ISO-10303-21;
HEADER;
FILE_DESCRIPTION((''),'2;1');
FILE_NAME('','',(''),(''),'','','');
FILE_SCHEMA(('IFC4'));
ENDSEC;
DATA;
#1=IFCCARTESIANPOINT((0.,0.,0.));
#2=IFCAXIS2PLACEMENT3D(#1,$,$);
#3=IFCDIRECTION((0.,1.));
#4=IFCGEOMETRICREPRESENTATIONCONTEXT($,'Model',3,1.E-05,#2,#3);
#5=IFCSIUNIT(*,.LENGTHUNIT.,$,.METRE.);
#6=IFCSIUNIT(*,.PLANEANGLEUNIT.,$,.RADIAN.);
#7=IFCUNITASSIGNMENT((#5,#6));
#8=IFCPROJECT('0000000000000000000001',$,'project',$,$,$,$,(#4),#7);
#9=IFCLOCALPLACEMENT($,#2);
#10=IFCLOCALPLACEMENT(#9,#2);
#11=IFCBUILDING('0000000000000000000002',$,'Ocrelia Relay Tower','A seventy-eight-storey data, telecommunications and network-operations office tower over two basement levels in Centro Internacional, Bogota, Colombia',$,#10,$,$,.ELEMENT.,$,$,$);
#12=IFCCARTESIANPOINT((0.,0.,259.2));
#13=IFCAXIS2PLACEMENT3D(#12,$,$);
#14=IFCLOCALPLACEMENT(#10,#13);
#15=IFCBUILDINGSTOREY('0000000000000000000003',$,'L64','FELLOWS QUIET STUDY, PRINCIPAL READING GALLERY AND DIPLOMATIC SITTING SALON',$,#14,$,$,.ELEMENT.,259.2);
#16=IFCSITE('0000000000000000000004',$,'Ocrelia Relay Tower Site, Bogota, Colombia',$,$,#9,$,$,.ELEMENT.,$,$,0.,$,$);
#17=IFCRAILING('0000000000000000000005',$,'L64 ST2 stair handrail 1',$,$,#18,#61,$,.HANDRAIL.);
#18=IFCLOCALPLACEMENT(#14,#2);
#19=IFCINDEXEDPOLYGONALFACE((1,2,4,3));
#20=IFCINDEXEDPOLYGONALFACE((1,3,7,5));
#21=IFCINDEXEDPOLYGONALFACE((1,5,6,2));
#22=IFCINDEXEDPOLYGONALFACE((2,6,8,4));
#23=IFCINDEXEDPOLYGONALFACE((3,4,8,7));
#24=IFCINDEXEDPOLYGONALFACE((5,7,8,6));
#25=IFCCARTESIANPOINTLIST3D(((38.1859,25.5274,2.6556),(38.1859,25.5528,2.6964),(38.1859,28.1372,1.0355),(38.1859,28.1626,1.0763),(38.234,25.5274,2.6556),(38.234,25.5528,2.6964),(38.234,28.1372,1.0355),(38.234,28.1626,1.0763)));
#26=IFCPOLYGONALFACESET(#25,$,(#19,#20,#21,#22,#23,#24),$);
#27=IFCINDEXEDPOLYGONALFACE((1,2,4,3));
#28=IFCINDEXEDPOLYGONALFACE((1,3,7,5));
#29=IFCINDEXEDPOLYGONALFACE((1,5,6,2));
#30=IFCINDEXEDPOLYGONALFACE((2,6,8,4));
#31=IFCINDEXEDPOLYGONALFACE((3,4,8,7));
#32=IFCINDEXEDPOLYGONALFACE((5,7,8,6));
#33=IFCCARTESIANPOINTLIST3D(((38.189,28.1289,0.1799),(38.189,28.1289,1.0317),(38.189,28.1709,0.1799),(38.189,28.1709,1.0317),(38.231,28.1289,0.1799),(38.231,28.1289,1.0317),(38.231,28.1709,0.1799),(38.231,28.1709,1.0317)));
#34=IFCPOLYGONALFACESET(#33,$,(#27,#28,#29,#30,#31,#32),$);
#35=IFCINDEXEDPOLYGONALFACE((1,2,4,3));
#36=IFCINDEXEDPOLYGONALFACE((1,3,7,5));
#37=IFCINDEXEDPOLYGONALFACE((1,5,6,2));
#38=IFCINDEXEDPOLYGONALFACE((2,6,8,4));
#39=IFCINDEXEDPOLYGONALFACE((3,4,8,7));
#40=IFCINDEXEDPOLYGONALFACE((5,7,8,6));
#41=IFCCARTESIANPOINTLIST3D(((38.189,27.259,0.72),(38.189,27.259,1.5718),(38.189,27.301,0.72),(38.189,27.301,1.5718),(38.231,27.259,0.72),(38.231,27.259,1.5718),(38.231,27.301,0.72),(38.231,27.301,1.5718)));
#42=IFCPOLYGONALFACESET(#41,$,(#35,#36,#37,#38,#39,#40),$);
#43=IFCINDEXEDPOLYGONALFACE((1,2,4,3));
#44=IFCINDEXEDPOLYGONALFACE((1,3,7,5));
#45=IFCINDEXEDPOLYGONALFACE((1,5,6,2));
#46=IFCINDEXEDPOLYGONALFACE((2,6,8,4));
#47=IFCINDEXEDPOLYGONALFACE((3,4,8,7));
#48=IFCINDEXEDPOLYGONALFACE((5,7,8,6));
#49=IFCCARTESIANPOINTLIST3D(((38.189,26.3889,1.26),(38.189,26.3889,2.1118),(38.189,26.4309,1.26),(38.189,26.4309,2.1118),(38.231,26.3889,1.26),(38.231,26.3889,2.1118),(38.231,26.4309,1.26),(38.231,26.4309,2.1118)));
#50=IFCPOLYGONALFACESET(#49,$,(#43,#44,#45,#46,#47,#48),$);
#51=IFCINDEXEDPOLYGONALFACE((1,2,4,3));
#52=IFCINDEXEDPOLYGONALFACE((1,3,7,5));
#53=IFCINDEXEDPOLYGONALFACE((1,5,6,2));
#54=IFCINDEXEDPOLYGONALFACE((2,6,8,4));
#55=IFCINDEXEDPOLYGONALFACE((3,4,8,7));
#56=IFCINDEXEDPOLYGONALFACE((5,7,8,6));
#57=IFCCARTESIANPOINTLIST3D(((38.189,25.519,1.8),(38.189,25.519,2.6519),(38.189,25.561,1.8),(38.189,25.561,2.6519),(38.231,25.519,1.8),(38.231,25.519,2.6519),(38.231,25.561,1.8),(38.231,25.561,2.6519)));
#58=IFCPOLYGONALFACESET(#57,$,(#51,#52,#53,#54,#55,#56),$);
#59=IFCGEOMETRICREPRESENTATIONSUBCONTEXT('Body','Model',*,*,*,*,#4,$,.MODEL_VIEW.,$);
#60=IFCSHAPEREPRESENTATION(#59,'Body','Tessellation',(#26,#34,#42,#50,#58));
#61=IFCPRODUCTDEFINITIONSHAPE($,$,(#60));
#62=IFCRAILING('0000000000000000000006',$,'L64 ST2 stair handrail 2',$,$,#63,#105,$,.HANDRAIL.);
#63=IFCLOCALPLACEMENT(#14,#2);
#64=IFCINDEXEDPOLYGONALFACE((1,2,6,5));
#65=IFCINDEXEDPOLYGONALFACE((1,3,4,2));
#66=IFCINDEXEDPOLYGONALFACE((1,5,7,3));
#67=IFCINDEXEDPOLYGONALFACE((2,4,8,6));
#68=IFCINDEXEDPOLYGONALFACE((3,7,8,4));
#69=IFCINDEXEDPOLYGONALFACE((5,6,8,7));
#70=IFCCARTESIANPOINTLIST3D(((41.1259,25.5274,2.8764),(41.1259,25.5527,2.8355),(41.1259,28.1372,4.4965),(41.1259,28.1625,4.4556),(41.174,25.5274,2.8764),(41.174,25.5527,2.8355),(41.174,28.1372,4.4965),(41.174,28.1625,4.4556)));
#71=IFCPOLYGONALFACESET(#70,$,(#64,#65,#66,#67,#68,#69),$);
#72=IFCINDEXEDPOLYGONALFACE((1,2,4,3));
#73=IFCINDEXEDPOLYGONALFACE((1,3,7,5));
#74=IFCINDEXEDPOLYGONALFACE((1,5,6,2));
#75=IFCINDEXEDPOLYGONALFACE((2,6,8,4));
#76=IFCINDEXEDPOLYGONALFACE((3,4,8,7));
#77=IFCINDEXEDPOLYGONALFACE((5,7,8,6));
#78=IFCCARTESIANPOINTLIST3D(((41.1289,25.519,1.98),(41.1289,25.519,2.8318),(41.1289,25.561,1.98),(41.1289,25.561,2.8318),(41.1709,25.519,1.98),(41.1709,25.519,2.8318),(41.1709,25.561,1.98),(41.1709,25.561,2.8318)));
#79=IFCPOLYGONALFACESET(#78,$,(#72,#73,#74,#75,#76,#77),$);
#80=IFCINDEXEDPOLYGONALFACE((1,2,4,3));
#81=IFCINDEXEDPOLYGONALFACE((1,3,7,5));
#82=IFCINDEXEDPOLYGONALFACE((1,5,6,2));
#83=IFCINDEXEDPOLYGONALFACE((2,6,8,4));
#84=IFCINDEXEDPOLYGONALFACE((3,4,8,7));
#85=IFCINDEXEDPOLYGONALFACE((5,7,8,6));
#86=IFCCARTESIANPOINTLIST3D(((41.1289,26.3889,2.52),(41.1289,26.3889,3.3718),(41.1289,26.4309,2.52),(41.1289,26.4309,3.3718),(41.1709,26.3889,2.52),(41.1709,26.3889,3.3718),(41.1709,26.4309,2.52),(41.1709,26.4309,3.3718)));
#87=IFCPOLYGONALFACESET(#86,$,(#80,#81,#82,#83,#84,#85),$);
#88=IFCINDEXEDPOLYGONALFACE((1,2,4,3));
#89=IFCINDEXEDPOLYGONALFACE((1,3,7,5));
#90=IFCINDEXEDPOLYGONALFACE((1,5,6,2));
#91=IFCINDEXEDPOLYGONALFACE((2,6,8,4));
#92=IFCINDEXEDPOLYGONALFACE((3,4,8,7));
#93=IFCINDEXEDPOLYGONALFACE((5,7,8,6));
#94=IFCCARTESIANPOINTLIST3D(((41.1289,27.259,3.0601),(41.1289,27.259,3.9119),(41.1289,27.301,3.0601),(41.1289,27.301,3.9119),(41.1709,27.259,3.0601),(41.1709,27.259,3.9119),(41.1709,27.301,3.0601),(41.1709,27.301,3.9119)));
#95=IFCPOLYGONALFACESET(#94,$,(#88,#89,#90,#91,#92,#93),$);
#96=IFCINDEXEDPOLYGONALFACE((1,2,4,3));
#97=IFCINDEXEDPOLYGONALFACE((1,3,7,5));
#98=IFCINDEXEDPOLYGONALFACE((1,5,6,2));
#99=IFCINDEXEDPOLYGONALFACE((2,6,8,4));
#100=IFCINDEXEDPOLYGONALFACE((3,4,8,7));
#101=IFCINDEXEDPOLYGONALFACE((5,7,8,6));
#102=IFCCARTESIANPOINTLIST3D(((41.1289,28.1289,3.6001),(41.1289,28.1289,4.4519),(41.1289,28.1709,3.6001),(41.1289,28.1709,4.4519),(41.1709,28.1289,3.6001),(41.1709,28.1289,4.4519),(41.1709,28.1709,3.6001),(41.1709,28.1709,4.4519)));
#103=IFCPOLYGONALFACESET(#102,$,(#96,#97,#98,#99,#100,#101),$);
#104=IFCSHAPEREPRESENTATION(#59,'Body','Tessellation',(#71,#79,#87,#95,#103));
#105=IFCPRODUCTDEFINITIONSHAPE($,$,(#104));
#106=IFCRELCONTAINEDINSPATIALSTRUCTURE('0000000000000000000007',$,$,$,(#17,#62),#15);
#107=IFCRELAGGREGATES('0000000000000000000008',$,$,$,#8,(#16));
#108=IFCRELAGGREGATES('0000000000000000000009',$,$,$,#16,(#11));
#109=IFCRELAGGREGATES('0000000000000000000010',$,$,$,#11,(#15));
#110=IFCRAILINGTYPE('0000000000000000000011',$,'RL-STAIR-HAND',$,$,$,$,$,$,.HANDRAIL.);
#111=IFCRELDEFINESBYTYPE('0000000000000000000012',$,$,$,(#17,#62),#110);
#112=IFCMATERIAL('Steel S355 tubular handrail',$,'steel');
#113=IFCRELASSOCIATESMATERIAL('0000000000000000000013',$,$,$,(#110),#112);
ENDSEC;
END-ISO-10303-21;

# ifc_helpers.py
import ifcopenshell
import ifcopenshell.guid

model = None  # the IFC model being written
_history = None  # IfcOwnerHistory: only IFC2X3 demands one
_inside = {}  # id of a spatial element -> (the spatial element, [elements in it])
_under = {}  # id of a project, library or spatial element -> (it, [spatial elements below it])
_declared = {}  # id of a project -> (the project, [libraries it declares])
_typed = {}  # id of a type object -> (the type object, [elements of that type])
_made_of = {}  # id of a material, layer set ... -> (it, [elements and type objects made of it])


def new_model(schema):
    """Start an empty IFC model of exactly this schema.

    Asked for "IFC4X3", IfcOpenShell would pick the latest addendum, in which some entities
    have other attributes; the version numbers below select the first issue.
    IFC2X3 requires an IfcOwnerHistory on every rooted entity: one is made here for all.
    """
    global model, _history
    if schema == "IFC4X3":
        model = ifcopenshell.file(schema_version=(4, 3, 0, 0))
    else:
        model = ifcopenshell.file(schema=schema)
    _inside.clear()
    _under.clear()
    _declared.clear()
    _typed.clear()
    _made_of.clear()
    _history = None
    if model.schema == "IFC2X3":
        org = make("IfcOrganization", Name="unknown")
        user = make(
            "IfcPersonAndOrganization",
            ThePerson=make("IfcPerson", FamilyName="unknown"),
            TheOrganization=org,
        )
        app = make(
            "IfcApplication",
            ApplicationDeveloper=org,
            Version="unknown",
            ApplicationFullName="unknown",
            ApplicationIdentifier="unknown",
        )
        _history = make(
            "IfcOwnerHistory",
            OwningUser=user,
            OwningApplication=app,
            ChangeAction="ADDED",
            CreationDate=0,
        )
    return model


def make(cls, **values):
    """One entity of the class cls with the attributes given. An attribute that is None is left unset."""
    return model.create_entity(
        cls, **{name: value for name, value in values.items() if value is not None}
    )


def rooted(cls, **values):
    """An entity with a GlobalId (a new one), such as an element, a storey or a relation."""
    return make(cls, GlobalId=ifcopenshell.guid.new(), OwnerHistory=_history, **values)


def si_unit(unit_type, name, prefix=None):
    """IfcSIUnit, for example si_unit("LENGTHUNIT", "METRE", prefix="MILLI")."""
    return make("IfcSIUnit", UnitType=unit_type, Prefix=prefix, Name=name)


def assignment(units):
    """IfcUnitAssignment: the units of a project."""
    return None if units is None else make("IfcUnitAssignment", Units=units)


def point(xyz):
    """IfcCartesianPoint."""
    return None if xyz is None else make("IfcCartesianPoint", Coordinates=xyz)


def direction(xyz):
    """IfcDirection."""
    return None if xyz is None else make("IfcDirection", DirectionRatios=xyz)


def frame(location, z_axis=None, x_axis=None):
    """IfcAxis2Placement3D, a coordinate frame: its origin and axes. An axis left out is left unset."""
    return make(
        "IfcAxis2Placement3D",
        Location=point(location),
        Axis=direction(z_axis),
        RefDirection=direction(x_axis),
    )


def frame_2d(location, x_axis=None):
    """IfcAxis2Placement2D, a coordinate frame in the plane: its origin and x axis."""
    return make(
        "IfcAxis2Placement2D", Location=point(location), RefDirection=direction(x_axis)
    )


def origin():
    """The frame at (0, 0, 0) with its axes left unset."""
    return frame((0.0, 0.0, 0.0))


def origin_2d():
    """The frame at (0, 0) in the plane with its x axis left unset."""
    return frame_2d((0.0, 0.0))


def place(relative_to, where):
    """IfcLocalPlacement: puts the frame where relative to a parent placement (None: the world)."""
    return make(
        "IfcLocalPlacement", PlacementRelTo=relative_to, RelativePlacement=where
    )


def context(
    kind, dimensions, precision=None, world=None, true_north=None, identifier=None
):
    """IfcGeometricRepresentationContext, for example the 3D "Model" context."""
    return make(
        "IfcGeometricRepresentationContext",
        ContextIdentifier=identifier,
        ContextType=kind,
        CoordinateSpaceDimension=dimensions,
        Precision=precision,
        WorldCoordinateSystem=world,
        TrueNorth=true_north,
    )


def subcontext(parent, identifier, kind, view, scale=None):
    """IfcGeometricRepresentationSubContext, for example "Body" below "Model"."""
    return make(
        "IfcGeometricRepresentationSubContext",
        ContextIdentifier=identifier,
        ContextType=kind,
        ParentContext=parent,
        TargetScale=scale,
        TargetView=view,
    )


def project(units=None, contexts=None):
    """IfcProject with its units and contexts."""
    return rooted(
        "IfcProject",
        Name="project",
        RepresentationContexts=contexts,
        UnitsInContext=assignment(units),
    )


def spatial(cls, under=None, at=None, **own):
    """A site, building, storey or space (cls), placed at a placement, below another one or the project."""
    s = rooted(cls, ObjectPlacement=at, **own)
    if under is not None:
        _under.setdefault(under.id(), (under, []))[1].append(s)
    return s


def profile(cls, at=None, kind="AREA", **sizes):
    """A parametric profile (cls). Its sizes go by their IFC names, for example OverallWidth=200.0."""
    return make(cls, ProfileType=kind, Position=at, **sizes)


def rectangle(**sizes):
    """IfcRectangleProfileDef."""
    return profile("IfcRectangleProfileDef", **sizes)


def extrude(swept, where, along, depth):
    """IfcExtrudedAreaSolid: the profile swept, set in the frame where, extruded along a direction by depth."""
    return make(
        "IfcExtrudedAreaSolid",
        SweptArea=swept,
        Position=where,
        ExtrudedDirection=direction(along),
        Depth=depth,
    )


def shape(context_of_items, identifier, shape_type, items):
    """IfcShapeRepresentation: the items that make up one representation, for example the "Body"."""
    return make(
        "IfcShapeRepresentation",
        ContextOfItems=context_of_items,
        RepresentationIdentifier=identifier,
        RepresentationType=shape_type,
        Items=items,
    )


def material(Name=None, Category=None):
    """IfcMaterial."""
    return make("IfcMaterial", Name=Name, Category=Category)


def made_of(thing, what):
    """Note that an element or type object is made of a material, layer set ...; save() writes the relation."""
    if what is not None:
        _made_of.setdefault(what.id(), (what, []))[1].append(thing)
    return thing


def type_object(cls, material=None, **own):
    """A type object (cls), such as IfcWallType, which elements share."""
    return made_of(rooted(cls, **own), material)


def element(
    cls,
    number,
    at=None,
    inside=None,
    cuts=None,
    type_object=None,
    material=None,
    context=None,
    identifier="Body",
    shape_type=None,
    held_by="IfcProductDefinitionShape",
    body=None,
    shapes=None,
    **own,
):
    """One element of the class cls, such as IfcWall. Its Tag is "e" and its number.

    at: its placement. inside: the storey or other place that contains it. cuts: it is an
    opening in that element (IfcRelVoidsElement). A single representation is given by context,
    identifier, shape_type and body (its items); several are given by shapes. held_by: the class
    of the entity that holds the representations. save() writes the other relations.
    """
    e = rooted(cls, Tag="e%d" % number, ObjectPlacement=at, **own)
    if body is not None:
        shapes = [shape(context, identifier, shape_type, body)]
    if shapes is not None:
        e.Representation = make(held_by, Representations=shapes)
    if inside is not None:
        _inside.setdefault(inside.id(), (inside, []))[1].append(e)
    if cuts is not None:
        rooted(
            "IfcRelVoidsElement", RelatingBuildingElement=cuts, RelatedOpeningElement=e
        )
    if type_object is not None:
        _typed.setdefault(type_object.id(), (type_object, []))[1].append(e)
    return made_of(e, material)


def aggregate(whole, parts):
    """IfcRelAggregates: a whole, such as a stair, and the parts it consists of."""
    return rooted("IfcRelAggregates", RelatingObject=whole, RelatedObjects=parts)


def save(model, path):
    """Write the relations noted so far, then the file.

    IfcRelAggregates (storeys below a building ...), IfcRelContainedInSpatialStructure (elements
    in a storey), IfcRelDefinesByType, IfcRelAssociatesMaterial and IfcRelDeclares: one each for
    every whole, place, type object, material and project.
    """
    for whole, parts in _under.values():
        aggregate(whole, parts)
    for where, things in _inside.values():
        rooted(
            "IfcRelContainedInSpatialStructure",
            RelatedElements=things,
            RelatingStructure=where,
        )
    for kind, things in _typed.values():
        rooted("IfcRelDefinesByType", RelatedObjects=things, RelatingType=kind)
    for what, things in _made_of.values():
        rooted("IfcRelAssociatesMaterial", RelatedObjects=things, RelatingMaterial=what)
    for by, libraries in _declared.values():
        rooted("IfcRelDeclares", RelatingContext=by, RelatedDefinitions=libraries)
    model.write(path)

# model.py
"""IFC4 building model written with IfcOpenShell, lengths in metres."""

from ifc_helpers import new_model, si_unit, direction, frame, origin, origin_2d, place, context, subcontext, project, spatial, rectangle, extrude, material, type_object, element, save


model = new_model("IFC4")

# Units and contexts
model_context = context("Model", 3, precision=1e-05, world=origin(), true_north=direction((0.0, 1.0)))
body_context = subcontext(model_context, "Body", "Model", "MODEL_VIEW")
ifc_project = project(units=[si_unit("LENGTHUNIT", "METRE"), si_unit("PLANEANGLEUNIT", "RADIAN")], contexts=[model_context])

# Site, building, storey
site_placement = place(None, origin())
site = spatial("IfcSite", under=ifc_project, at=site_placement, Name="Ocrelia Relay Tower Site, Bogota, Colombia", CompositionType="ELEMENT", RefElevation=0.0)
building_placement = place(site_placement, origin())
building = spatial("IfcBuilding", under=site, at=building_placement, Name="Ocrelia Relay Tower", Description="A seventy-eight-storey data, telecommunications and network-operations office tower over two basement levels in Centro Internacional, Bogota, Colombia", CompositionType="ELEMENT")
storey_placement = place(building_placement, frame((0.0, 0.0, 259.2)))
storey = spatial("IfcBuildingStorey", under=building, at=storey_placement, Name="L64", Description="FELLOWS QUIET STUDY, PRINCIPAL READING GALLERY AND DIPLOMATIC SITTING SALON", CompositionType="ELEMENT", Elevation=259.2)

# Railings
ifc_material_1 = material(Name="Steel S355 tubular handrail", Category="steel")
railing_type_1 = type_object("IfcRailingType", Name="RL-STAIR-HAND", PredefinedType="HANDRAIL", material=ifc_material_1)
railing_1_placement = place(storey_placement, frame((38.21, 28.1499, 0.1799)))
element("IfcRailing", 1, at=railing_1_placement, inside=storey, type_object=railing_type_1, Name="L64 ST2 stair handrail 1", PredefinedType="HANDRAIL", context=body_context, shape_type="SweptSolid", body=[
    extrude(rectangle(XDim=0.0481, YDim=0.0481, at=origin_2d()), frame((0.0, 0.0, 0.876), z_axis=(0.0, -0.849611, 0.52741), x_axis=(1.0, 0.0, 0.0)), (0.0, 0.0, 1.0), 3.0718),
    extrude(rectangle(XDim=0.042, YDim=0.042, at=origin_2d()), origin(), (0.0, 0.0, 1.0), 0.8518),
    extrude(rectangle(XDim=0.042, YDim=0.042, at=origin_2d()), frame((0.0, -0.8699, 0.54)), (0.0, 0.0, 1.0), 0.8518),
    extrude(rectangle(XDim=0.042, YDim=0.042, at=origin_2d()), frame((0.0, -1.74, 1.0801)), (0.0, 0.0, 1.0), 0.8518),
    extrude(rectangle(XDim=0.042, YDim=0.042, at=origin_2d()), frame((0.0, -2.6099, 1.6201)), (0.0, 0.0, 1.0), 0.8518),
])
railing_2_placement = place(storey_placement, frame((41.1499, 25.54, 1.98)))
element("IfcRailing", 2, at=railing_2_placement, inside=storey, type_object=railing_type_1, Name="L64 ST2 stair handrail 2", PredefinedType="HANDRAIL", context=body_context, shape_type="SweptSolid", body=[
    extrude(rectangle(XDim=0.0481, YDim=0.0481, at=origin_2d()), frame((0.0, 0.0, 0.876), z_axis=(0.0, 0.849611, 0.52741), x_axis=(-1.0, 0.0, 0.0)), (0.0, 0.0, 1.0), 3.0718),
    extrude(rectangle(XDim=0.042, YDim=0.042, at=origin_2d()), origin(), (0.0, 0.0, 1.0), 0.8518),
    extrude(rectangle(XDim=0.042, YDim=0.042, at=origin_2d()), frame((0.0, 0.8699, 0.54)), (0.0, 0.0, 1.0), 0.8518),
    extrude(rectangle(XDim=0.042, YDim=0.042, at=origin_2d()), frame((0.0, 1.74, 1.0801)), (0.0, 0.0, 1.0), 0.8518),
    extrude(rectangle(XDim=0.042, YDim=0.042, at=origin_2d()), frame((0.0, 2.6099, 1.6201)), (0.0, 0.0, 1.0), 0.8518),
])

save(model, "model.ifc")
